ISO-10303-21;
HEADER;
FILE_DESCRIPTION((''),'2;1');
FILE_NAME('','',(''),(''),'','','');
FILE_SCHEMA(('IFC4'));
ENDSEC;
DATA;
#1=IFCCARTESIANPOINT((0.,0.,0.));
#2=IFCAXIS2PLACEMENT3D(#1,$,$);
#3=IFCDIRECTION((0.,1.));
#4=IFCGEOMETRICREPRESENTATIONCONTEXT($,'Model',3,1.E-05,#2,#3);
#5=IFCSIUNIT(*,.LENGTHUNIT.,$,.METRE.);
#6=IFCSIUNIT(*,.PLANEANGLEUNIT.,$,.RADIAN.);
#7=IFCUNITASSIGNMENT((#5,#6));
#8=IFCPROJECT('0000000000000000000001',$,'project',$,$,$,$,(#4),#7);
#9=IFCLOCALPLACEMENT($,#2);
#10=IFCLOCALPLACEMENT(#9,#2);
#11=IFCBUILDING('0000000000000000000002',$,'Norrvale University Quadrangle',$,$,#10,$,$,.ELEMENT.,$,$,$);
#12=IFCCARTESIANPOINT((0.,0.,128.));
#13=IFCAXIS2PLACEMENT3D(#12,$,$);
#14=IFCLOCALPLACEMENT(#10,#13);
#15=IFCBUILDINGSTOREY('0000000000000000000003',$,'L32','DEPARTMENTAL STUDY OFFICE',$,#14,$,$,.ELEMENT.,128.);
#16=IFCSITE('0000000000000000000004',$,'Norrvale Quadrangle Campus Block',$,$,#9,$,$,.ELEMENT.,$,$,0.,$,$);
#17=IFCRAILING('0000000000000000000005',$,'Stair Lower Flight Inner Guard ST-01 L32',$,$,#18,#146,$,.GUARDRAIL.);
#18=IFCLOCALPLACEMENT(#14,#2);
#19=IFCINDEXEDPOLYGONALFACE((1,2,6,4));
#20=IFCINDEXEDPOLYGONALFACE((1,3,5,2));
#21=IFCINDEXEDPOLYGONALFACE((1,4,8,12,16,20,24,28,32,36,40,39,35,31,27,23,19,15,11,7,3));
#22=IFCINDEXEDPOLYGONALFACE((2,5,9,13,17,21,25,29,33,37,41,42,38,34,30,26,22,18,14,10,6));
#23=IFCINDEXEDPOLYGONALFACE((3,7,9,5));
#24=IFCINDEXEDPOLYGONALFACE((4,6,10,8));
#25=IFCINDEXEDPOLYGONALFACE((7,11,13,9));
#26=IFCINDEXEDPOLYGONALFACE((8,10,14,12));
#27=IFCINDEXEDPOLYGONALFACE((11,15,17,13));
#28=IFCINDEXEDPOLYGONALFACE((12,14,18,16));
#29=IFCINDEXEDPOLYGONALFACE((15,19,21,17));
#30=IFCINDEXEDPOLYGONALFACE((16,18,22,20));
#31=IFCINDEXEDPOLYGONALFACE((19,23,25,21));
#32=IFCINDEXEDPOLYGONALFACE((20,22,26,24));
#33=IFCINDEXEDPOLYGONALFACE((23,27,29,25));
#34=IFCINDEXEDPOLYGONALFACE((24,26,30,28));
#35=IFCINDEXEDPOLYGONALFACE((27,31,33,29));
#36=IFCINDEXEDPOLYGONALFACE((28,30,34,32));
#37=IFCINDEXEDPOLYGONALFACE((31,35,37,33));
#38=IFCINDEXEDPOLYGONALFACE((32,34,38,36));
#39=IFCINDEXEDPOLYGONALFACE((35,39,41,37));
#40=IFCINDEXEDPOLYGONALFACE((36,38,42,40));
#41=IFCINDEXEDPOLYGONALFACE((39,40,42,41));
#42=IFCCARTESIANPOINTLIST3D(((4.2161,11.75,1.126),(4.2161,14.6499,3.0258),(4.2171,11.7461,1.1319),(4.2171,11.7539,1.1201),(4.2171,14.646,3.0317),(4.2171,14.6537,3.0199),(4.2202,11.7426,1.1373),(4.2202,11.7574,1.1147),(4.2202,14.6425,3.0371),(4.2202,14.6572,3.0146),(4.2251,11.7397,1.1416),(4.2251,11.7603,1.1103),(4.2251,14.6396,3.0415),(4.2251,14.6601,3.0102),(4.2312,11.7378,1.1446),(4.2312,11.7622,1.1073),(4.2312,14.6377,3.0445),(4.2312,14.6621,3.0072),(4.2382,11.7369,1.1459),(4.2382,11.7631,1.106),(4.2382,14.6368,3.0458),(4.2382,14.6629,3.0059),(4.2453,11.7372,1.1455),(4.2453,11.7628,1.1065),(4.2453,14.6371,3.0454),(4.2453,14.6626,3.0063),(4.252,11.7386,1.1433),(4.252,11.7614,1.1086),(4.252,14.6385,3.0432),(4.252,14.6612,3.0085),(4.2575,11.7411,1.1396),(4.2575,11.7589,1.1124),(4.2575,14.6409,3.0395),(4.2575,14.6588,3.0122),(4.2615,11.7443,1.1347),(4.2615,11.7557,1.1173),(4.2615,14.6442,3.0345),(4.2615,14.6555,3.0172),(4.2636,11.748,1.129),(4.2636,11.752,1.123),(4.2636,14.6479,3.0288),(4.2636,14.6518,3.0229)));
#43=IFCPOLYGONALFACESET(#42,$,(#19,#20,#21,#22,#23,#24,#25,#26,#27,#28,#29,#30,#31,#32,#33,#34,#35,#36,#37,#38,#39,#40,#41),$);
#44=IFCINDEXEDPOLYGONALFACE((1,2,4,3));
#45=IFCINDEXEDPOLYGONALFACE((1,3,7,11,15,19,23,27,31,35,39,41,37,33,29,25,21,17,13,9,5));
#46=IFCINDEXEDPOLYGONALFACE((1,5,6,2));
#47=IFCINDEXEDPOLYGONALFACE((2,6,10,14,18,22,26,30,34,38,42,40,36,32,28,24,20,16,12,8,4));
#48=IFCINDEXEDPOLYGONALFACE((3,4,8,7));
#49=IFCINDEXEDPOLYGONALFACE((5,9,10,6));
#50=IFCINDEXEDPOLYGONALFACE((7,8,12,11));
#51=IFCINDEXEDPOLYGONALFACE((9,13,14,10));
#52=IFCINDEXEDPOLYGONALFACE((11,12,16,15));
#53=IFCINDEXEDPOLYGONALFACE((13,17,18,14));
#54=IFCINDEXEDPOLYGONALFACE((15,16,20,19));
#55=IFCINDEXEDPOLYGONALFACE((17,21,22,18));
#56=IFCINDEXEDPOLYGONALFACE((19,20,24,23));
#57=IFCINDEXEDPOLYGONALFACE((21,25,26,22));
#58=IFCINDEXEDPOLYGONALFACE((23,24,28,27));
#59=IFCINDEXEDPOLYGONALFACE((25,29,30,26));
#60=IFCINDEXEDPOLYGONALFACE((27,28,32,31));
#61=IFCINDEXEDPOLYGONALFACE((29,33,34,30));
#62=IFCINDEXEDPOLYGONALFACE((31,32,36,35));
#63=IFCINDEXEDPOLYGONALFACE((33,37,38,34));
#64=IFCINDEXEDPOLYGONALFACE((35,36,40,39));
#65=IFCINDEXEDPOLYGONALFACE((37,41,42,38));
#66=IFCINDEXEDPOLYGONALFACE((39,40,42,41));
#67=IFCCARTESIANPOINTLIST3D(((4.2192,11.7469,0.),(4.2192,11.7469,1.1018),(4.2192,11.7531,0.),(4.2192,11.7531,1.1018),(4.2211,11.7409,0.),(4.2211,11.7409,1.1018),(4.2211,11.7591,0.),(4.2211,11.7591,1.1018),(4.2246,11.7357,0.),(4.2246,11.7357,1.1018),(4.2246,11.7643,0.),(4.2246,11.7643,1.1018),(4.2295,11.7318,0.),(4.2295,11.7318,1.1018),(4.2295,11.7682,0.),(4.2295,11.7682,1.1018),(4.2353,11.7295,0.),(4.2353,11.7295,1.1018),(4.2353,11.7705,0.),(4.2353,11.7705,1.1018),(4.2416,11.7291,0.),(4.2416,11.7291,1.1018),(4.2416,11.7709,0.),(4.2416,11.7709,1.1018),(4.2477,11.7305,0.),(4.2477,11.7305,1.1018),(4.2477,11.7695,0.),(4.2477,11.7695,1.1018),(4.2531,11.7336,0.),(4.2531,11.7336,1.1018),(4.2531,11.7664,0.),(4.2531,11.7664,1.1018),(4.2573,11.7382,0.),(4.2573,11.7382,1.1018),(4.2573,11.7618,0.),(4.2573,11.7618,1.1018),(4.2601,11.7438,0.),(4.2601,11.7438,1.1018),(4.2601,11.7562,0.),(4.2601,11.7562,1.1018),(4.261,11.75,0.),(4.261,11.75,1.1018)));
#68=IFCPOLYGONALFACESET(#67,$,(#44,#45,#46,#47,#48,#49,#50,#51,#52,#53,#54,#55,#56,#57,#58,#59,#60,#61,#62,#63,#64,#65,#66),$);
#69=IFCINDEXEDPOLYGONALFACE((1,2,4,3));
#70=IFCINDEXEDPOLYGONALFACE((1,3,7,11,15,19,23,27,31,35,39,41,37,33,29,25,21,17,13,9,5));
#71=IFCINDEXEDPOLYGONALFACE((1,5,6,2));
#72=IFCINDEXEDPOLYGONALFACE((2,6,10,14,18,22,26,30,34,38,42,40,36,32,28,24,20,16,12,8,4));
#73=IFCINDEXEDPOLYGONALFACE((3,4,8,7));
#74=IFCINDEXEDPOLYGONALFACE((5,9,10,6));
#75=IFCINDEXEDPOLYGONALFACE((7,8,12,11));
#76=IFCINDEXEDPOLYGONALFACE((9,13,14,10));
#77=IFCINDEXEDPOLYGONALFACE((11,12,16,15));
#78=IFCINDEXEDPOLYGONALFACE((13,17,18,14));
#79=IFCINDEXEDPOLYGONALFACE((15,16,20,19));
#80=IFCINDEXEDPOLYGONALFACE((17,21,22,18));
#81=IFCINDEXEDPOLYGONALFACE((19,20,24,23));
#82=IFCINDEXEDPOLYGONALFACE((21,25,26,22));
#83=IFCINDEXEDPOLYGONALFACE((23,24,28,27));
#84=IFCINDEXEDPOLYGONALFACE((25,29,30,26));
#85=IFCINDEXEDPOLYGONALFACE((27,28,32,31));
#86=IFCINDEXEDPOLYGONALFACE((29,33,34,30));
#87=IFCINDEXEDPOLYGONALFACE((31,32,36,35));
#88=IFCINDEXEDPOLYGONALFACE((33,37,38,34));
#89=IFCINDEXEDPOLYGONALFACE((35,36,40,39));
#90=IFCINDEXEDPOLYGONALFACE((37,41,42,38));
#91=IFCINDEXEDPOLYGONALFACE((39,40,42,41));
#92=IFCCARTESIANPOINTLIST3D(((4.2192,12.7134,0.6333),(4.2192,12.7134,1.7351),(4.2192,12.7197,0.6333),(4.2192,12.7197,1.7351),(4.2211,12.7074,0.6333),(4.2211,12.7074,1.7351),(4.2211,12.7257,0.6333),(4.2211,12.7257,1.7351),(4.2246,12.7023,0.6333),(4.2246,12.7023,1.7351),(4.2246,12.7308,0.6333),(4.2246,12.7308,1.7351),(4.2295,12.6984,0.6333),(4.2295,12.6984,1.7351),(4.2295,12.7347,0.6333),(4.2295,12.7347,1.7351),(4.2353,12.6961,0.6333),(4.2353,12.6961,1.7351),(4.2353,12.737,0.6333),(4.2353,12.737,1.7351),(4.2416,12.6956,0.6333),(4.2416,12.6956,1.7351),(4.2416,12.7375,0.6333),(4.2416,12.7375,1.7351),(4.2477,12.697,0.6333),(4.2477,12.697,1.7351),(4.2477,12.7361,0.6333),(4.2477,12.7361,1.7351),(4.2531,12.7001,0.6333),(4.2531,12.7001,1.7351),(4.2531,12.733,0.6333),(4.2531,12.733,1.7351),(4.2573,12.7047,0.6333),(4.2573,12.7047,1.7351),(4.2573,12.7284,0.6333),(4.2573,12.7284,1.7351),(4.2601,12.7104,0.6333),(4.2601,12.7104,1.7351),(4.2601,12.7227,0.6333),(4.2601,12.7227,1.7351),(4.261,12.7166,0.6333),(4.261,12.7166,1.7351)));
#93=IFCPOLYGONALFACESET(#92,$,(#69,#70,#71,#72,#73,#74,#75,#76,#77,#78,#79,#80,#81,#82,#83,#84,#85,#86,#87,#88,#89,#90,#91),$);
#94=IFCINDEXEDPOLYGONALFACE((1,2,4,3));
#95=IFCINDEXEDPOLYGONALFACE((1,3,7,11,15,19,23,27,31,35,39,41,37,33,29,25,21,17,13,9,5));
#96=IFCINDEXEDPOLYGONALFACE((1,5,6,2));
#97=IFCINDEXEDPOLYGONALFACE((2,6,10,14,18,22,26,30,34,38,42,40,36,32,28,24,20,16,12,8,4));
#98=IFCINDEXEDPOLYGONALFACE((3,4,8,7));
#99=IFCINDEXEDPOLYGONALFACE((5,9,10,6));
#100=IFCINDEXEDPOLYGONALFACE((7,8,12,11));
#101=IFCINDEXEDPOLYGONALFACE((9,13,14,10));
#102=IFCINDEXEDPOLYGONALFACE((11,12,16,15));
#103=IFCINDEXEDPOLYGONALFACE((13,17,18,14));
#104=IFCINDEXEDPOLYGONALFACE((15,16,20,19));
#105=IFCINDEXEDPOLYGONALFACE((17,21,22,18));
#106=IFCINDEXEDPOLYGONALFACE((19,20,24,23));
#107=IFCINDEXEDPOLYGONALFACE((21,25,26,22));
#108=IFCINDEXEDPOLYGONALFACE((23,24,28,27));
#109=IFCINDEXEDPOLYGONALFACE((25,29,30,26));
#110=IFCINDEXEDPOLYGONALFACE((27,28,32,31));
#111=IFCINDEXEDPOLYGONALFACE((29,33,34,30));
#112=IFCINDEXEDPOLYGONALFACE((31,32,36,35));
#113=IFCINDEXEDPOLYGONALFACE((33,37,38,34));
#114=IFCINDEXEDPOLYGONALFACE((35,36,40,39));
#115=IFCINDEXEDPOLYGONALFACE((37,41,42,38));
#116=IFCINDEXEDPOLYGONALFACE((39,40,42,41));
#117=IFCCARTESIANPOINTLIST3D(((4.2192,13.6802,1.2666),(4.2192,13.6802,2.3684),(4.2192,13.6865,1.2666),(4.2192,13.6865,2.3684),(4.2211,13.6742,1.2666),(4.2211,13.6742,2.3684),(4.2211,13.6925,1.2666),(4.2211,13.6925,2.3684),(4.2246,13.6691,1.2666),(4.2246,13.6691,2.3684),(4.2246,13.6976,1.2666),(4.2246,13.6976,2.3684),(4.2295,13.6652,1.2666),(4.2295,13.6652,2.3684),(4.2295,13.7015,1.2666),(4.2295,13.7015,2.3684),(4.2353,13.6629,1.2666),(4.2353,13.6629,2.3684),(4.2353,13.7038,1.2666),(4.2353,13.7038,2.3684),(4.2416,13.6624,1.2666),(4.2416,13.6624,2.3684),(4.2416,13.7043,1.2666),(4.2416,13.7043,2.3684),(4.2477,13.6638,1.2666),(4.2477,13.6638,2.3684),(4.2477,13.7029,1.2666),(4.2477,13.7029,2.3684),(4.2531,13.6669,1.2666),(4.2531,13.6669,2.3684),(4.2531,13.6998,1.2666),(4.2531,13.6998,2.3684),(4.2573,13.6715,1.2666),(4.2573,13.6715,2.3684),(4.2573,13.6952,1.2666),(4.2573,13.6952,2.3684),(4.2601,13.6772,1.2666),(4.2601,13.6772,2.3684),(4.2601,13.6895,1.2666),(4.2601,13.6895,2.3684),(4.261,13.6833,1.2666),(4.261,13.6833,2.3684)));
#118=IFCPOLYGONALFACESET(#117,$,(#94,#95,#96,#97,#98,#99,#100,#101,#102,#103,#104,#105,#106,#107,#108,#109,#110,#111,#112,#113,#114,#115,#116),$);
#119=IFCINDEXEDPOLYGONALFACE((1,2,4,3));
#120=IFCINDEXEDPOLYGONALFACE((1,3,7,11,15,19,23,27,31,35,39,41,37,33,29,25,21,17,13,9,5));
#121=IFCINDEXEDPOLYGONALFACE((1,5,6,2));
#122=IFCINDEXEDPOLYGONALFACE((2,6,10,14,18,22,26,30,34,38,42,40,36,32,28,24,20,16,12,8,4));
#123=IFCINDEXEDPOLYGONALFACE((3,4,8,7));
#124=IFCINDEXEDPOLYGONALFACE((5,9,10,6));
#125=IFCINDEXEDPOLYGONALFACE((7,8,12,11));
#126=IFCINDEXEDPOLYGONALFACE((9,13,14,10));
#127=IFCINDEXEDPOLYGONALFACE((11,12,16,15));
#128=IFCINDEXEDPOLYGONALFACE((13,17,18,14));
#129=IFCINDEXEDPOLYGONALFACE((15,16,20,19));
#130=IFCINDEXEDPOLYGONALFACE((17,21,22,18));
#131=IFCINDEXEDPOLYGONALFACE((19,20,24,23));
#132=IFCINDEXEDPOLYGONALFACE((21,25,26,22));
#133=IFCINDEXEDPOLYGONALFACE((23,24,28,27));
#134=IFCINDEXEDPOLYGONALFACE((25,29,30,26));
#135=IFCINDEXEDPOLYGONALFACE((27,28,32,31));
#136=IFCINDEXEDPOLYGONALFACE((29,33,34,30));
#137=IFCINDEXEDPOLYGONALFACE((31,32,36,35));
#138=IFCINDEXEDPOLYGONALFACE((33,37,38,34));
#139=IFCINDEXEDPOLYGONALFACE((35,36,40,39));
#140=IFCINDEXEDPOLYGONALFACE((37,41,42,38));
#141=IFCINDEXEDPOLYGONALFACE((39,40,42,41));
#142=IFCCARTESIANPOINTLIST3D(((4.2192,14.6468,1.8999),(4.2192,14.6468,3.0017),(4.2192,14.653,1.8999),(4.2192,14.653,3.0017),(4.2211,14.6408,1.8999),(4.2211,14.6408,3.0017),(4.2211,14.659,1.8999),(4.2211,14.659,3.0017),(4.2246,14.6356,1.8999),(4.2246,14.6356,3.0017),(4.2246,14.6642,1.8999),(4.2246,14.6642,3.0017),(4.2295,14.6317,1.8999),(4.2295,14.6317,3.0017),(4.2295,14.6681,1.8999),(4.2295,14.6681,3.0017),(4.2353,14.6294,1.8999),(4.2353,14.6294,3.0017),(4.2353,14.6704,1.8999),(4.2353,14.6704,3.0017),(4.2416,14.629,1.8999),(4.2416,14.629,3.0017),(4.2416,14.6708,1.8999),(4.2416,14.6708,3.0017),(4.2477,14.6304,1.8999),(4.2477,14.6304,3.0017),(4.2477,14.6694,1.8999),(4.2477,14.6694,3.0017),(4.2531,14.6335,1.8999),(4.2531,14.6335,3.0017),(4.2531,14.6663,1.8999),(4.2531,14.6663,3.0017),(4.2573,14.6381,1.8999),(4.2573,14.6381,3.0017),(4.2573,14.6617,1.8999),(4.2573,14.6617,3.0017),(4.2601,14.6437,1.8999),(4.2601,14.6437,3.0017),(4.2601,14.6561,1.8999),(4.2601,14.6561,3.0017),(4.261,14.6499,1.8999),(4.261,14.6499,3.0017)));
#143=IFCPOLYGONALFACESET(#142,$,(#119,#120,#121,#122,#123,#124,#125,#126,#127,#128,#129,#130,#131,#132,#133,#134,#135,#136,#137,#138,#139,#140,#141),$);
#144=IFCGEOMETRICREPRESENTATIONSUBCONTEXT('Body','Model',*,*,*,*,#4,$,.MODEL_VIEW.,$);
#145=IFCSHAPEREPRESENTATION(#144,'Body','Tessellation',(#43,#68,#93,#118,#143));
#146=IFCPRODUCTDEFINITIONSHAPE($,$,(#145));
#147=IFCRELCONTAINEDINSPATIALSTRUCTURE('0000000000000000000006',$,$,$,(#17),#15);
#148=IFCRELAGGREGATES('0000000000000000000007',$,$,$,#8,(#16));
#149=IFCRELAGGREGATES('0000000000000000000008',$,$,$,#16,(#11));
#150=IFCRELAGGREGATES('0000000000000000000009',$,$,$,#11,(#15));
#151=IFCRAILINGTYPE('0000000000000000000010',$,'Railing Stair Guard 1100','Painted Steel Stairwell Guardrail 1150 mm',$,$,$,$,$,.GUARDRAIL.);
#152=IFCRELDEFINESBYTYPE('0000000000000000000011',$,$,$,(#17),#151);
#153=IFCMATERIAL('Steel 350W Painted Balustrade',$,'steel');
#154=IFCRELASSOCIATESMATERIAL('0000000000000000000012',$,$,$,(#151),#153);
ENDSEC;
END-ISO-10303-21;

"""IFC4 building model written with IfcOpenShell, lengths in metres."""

from ifc_helpers import new_model, si_unit, direction, frame, origin, origin_2d, place, context, subcontext, project, spatial, circle, extrude, material, type_object, element, save


model = new_model("IFC4")

# Units and contexts
model_context = context("Model", 3, precision=1e-05, world=origin(), true_north=direction((0.0, 1.0)))
body_context = subcontext(model_context, "Body", "Model", "MODEL_VIEW")
ifc_project = project(units=[si_unit("LENGTHUNIT", "METRE"), si_unit("PLANEANGLEUNIT", "RADIAN")], contexts=[model_context])

# Site, building, storey
site_placement = place(None, origin())
site = spatial("IfcSite", under=ifc_project, at=site_placement, Name="Norrvale Quadrangle Campus Block", CompositionType="ELEMENT", RefElevation=0.0)
building_placement = place(site_placement, origin())
building = spatial("IfcBuilding", under=site, at=building_placement, Name="Norrvale University Quadrangle", CompositionType="ELEMENT")
storey_placement = place(building_placement, frame((0.0, 0.0, 128.0)))
storey = spatial("IfcBuildingStorey", under=building, at=storey_placement, Name="L32", Description="DEPARTMENTAL STUDY OFFICE", CompositionType="ELEMENT", Elevation=128.0)

# Railing
ifc_material_1 = material(Name="Steel 350W Painted Balustrade", Category="steel")
railing_type_1 = type_object("IfcRailingType", Name="Railing Stair Guard 1100", Description="Painted Steel Stairwell Guardrail 1150 mm", PredefinedType="GUARDRAIL", material=ifc_material_1)
railing_1_placement = place(storey_placement, frame((4.24, 11.75, 0.0)))
element("IfcRailing", 1, at=railing_1_placement, inside=storey, type_object=railing_type_1, Name="Stair Lower Flight Inner Guard ST-01 L32", PredefinedType="GUARDRAIL", context=body_context, shape_type="SweptSolid", body=[
    extrude(circle(Radius=0.0239, at=origin_2d()), frame((0.0, 0.0, 1.126), z_axis=(0.0, 0.836466, 0.548019), x_axis=(-1.0, 0.0, 0.0)), (0.0, 0.0, 1.0), 3.4668),
    extrude(circle(Radius=0.021, at=origin_2d()), origin(), (0.0, 0.0, 1.0), 1.1018),
    extrude(circle(Radius=0.021, at=origin_2d()), frame((0.0, 0.9666, 0.6333)), (0.0, 0.0, 1.0), 1.1018),
    extrude(circle(Radius=0.021, at=origin_2d()), frame((0.0, 1.9333, 1.2666)), (0.0, 0.0, 1.0), 1.1018),
    extrude(circle(Radius=0.021, at=origin_2d()), frame((0.0, 2.8999, 1.8999)), (0.0, 0.0, 1.0), 1.1018),
])

save(model, "model.ifc")
